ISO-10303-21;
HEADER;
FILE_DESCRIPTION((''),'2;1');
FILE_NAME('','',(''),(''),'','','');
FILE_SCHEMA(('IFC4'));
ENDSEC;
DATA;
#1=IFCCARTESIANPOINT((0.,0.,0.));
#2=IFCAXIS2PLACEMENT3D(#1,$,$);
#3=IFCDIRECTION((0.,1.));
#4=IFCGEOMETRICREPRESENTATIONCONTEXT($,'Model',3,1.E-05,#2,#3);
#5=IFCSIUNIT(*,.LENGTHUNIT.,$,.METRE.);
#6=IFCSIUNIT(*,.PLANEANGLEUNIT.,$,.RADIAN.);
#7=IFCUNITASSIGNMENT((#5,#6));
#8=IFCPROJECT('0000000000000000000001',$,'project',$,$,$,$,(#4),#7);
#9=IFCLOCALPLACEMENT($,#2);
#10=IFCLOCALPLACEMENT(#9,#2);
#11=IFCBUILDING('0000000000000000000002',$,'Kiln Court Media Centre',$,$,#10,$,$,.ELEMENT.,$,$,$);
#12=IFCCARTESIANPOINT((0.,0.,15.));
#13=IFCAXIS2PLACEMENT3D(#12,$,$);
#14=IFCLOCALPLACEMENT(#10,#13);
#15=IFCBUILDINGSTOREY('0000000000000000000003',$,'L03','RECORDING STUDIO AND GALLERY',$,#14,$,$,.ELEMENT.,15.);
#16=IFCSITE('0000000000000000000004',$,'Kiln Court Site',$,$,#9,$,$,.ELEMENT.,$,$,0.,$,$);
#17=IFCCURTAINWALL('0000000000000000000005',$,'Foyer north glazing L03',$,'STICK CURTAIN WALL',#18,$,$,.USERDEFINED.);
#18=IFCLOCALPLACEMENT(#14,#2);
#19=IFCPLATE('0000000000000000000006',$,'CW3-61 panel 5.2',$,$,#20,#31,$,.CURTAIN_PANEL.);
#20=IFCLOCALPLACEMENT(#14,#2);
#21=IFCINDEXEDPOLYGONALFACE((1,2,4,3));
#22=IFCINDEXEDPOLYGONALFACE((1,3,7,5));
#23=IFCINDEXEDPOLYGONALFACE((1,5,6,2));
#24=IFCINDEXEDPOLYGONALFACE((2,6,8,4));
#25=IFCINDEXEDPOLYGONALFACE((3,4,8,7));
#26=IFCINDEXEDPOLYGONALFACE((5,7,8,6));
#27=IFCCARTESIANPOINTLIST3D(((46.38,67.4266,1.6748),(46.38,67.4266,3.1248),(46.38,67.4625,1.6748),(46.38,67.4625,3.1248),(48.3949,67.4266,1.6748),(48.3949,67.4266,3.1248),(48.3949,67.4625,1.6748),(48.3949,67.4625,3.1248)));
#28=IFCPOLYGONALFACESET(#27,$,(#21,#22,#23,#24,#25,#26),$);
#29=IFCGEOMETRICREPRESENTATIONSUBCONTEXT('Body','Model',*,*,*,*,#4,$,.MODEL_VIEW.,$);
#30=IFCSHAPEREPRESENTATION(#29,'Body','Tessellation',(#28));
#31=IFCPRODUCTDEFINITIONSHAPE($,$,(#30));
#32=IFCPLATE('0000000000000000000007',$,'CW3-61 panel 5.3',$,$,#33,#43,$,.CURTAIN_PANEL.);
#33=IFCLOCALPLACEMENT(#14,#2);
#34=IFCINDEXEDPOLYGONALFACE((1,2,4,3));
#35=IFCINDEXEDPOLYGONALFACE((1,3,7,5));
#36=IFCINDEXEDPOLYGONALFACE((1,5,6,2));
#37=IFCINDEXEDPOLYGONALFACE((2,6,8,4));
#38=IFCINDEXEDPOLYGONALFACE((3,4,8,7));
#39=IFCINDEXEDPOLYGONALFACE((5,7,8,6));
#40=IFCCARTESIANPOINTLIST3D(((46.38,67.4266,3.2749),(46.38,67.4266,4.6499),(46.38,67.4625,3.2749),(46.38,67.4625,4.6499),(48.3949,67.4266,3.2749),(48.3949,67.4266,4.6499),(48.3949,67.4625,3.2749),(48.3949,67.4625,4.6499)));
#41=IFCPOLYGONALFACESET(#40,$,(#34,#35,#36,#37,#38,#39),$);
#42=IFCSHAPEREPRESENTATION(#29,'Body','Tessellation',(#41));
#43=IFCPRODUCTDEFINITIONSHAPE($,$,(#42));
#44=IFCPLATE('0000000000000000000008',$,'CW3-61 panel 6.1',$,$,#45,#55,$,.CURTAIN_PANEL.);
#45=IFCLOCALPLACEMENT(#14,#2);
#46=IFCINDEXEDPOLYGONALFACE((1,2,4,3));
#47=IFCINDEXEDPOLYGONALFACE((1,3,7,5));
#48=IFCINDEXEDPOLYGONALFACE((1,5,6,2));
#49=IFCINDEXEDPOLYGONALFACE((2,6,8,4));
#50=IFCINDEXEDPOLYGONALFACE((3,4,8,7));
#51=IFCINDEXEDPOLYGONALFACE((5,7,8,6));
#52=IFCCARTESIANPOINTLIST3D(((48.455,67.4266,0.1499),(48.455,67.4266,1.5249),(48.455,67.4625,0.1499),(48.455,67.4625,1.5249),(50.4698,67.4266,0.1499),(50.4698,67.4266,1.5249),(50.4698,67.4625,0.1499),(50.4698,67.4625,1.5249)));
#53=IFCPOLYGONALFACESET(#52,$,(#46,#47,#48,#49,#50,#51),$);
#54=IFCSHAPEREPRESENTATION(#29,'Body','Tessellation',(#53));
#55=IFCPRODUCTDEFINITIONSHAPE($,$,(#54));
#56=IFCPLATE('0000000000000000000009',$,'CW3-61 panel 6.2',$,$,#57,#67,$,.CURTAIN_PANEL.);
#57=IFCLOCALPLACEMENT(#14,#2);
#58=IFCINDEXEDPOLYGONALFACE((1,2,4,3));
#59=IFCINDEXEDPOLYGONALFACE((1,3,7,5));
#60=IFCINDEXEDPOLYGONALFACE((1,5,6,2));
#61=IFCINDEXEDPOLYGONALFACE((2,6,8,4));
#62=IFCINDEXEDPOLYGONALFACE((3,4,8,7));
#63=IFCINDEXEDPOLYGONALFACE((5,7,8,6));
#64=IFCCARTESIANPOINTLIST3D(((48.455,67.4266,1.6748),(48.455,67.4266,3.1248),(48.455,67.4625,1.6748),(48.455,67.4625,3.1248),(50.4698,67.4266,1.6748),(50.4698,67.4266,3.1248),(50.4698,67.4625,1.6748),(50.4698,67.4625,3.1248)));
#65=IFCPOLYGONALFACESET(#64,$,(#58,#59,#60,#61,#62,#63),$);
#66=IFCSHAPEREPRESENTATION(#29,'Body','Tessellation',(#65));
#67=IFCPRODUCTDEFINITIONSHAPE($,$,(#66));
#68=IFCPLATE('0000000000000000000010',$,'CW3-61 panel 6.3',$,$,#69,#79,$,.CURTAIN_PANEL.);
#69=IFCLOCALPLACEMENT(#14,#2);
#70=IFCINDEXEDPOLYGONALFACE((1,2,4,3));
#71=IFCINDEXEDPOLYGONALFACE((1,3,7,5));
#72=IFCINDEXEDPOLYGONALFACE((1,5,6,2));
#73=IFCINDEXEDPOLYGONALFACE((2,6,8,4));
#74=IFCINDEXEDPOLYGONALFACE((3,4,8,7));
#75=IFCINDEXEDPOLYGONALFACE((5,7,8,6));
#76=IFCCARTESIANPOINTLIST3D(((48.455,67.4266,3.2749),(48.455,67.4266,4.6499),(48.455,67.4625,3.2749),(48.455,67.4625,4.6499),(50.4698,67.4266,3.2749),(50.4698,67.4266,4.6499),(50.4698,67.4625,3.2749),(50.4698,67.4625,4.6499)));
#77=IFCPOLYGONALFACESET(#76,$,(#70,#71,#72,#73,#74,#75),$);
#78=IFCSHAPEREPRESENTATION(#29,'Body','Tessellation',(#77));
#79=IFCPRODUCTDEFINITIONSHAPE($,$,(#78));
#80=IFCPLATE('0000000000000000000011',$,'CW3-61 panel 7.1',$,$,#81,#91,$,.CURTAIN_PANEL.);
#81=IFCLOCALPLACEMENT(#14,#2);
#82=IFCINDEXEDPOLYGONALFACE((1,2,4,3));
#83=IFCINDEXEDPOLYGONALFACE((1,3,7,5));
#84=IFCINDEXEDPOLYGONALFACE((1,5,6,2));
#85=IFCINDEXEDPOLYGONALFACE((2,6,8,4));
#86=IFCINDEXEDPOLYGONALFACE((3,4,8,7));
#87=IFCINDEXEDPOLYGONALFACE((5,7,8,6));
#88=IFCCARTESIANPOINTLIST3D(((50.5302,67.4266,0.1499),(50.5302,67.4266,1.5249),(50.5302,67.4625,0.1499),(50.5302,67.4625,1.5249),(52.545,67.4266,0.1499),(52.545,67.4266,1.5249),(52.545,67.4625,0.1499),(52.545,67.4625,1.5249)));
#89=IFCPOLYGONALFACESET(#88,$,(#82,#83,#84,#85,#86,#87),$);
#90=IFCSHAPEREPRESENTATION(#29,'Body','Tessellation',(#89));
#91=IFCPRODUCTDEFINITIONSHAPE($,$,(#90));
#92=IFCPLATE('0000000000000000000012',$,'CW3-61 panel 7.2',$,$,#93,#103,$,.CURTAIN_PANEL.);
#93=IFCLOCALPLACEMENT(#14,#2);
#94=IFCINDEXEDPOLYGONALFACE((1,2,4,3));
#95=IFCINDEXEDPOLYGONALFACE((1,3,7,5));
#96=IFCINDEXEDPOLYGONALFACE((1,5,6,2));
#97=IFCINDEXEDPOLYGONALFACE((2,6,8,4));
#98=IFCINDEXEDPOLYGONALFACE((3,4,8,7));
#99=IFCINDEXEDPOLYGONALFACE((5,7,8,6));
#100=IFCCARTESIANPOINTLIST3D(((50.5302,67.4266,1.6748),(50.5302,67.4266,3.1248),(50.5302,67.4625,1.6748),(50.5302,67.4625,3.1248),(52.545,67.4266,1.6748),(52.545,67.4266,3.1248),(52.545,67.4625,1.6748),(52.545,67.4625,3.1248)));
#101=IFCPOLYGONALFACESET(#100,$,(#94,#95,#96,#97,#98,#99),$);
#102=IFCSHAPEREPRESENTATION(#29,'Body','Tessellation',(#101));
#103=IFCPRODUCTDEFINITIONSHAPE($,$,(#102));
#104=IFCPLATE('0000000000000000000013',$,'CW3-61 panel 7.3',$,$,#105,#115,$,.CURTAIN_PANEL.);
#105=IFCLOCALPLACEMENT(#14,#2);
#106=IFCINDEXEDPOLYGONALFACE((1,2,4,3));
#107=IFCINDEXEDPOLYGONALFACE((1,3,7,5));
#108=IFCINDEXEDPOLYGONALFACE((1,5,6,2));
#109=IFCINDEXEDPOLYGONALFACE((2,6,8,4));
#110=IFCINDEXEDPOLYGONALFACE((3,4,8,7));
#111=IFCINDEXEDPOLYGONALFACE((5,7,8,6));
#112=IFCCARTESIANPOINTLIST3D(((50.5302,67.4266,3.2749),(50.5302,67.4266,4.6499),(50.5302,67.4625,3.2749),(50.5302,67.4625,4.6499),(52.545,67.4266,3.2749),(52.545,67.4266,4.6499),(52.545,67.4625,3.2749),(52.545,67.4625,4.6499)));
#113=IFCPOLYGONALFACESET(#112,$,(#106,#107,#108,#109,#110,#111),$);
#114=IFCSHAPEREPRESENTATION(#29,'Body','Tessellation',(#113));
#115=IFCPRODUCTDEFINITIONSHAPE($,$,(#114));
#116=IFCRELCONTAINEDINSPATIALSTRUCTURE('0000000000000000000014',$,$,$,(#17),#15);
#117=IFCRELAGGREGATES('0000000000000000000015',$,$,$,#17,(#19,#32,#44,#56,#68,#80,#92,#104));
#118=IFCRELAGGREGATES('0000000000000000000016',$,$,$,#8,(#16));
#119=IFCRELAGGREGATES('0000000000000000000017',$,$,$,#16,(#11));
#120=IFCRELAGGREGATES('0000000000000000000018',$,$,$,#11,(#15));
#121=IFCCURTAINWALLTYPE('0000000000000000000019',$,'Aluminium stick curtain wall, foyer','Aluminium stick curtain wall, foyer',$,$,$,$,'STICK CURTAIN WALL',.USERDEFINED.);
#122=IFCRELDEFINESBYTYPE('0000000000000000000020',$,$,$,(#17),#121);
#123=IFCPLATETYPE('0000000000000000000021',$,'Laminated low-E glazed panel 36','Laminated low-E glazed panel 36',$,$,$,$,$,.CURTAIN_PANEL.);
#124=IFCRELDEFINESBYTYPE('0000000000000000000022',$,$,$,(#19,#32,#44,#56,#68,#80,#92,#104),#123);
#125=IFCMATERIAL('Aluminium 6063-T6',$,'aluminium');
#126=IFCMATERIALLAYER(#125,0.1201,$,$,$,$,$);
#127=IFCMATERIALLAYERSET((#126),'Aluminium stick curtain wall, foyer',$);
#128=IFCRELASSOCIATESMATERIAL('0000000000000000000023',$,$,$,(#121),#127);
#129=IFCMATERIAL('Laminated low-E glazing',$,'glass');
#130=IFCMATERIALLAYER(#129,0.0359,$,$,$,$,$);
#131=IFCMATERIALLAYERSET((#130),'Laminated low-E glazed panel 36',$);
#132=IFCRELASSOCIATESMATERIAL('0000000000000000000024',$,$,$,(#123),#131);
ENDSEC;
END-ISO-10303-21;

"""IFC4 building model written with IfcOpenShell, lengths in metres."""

from ifc_helpers import new_model, si_unit, direction, frame, origin, origin_2d, place, context, subcontext, project, spatial, rectangle, extrude, material, layer, layer_set, type_object, element, aggregate, save


model = new_model("IFC4")

# Units and contexts
model_context = context("Model", 3, precision=1e-05, world=origin(), true_north=direction((0.0, 1.0)))
body_context = subcontext(model_context, "Body", "Model", "MODEL_VIEW")
ifc_project = project(units=[si_unit("LENGTHUNIT", "METRE"), si_unit("PLANEANGLEUNIT", "RADIAN")], contexts=[model_context])

# Site, building, storey
site_placement = place(None, origin())
site = spatial("IfcSite", under=ifc_project, at=site_placement, Name="Kiln Court Site", CompositionType="ELEMENT", RefElevation=0.0)
building_placement = place(site_placement, origin())
building = spatial("IfcBuilding", under=site, at=building_placement, Name="Kiln Court Media Centre", CompositionType="ELEMENT")
storey_placement = place(building_placement, frame((0.0, 0.0, 15.0)))
storey = spatial("IfcBuildingStorey", under=building, at=storey_placement, Name="L03", Description="RECORDING STUDIO AND GALLERY", CompositionType="ELEMENT", Elevation=15.0)

# Curtain wall, plates
ifc_material_1 = material(Name="Aluminium 6063-T6", Category="aluminium")
ifc_layer_1 = layer(ifc_material_1, 0.1201)
ifc_layer_set_1 = layer_set([ifc_layer_1], Name="Aluminium stick curtain wall, foyer")
curtain_wall_type = type_object("IfcCurtainWallType", Name="Aluminium stick curtain wall, foyer", Description="Aluminium stick curtain wall, foyer", ElementType="STICK CURTAIN WALL", PredefinedType="USERDEFINED", material=ifc_layer_set_1)
curtain_wall_placement = place(storey_placement, origin())
curtain_wall = element("IfcCurtainWall", 1, at=curtain_wall_placement, inside=storey, type_object=curtain_wall_type, Name="Foyer north glazing L03", ObjectType="STICK CURTAIN WALL", PredefinedType="USERDEFINED")
ifc_material_2 = material(Name="Laminated low-E glazing", Category="glass")
ifc_layer_2 = layer(ifc_material_2, 0.0359)
ifc_layer_set_2 = layer_set([ifc_layer_2], Name="Laminated low-E glazed panel 36")
plate_type = type_object("IfcPlateType", Name="Laminated low-E glazed panel 36", Description="Laminated low-E glazed panel 36", PredefinedType="CURTAIN_PANEL", material=ifc_layer_set_2)
plate_1_placement = place(storey_placement, frame((47.3875, 67.4446, 1.6748), z_axis=(0.0, 0.0, 1.0), x_axis=(1.0, 0.0, 0.0)))
plate_1 = element("IfcPlate", 2, at=plate_1_placement, type_object=plate_type, Name="CW3-61 panel 5.2", PredefinedType="CURTAIN_PANEL", context=body_context, shape_type="SweptSolid", body=[
    extrude(rectangle(XDim=2.0149, YDim=0.0359, at=origin_2d()), origin(), (0.0, 0.0, 1.0), 1.45),
])
plate_2_placement = place(storey_placement, frame((47.3875, 67.4446, 3.2749), z_axis=(0.0, 0.0, 1.0), x_axis=(1.0, 0.0, 0.0)))
plate_2 = element("IfcPlate", 3, at=plate_2_placement, type_object=plate_type, Name="CW3-61 panel 5.3", PredefinedType="CURTAIN_PANEL", context=body_context, shape_type="SweptSolid", body=[
    extrude(rectangle(XDim=2.0149, YDim=0.0359, at=origin_2d()), origin(), (0.0, 0.0, 1.0), 1.375),
])
plate_3_placement = place(storey_placement, frame((49.4624, 67.4446, 0.1499), z_axis=(0.0, 0.0, 1.0), x_axis=(1.0, 0.0, 0.0)))
plate_3 = element("IfcPlate", 4, at=plate_3_placement, type_object=plate_type, Name="CW3-61 panel 6.1", PredefinedType="CURTAIN_PANEL", context=body_context, shape_type="SweptSolid", body=[
    extrude(rectangle(XDim=2.0149, YDim=0.0359, at=origin_2d()), origin(), (0.0, 0.0, 1.0), 1.375),
])
plate_4_placement = place(storey_placement, frame((49.4624, 67.4446, 1.6748), z_axis=(0.0, 0.0, 1.0), x_axis=(1.0, 0.0, 0.0)))
plate_4 = element("IfcPlate", 5, at=plate_4_placement, type_object=plate_type, Name="CW3-61 panel 6.2", PredefinedType="CURTAIN_PANEL", context=body_context, shape_type="SweptSolid", body=[
    extrude(rectangle(XDim=2.0149, YDim=0.0359, at=origin_2d()), origin(), (0.0, 0.0, 1.0), 1.45),
])
plate_5_placement = place(storey_placement, frame((49.4624, 67.4446, 3.2749), z_axis=(0.0, 0.0, 1.0), x_axis=(1.0, 0.0, 0.0)))
plate_5 = element("IfcPlate", 6, at=plate_5_placement, type_object=plate_type, Name="CW3-61 panel 6.3", PredefinedType="CURTAIN_PANEL", context=body_context, shape_type="SweptSolid", body=[
    extrude(rectangle(XDim=2.0149, YDim=0.0359, at=origin_2d()), origin(), (0.0, 0.0, 1.0), 1.375),
])
plate_6_placement = place(storey_placement, frame((51.5376, 67.4446, 0.1499), z_axis=(0.0, 0.0, 1.0), x_axis=(1.0, 0.0, 0.0)))
plate_6 = element("IfcPlate", 7, at=plate_6_placement, type_object=plate_type, Name="CW3-61 panel 7.1", PredefinedType="CURTAIN_PANEL", context=body_context, shape_type="SweptSolid", body=[
    extrude(rectangle(XDim=2.0149, YDim=0.0359, at=origin_2d()), origin(), (0.0, 0.0, 1.0), 1.375),
])
plate_7_placement = place(storey_placement, frame((51.5376, 67.4446, 1.6748), z_axis=(0.0, 0.0, 1.0), x_axis=(1.0, 0.0, 0.0)))
plate_7 = element("IfcPlate", 8, at=plate_7_placement, type_object=plate_type, Name="CW3-61 panel 7.2", PredefinedType="CURTAIN_PANEL", context=body_context, shape_type="SweptSolid", body=[
    extrude(rectangle(XDim=2.0149, YDim=0.0359, at=origin_2d()), origin(), (0.0, 0.0, 1.0), 1.45),
])
plate_8_placement = place(storey_placement, frame((51.5376, 67.4446, 3.2749), z_axis=(0.0, 0.0, 1.0), x_axis=(1.0, 0.0, 0.0)))
plate_8 = element("IfcPlate", 9, at=plate_8_placement, type_object=plate_type, Name="CW3-61 panel 7.3", PredefinedType="CURTAIN_PANEL", context=body_context, shape_type="SweptSolid", body=[
    extrude(rectangle(XDim=2.0149, YDim=0.0359, at=origin_2d()), origin(), (0.0, 0.0, 1.0), 1.375),
])
aggregate(curtain_wall, [plate_1, plate_2, plate_3, plate_4, plate_5, plate_6, plate_7, plate_8])

save(model, "model.ifc")
